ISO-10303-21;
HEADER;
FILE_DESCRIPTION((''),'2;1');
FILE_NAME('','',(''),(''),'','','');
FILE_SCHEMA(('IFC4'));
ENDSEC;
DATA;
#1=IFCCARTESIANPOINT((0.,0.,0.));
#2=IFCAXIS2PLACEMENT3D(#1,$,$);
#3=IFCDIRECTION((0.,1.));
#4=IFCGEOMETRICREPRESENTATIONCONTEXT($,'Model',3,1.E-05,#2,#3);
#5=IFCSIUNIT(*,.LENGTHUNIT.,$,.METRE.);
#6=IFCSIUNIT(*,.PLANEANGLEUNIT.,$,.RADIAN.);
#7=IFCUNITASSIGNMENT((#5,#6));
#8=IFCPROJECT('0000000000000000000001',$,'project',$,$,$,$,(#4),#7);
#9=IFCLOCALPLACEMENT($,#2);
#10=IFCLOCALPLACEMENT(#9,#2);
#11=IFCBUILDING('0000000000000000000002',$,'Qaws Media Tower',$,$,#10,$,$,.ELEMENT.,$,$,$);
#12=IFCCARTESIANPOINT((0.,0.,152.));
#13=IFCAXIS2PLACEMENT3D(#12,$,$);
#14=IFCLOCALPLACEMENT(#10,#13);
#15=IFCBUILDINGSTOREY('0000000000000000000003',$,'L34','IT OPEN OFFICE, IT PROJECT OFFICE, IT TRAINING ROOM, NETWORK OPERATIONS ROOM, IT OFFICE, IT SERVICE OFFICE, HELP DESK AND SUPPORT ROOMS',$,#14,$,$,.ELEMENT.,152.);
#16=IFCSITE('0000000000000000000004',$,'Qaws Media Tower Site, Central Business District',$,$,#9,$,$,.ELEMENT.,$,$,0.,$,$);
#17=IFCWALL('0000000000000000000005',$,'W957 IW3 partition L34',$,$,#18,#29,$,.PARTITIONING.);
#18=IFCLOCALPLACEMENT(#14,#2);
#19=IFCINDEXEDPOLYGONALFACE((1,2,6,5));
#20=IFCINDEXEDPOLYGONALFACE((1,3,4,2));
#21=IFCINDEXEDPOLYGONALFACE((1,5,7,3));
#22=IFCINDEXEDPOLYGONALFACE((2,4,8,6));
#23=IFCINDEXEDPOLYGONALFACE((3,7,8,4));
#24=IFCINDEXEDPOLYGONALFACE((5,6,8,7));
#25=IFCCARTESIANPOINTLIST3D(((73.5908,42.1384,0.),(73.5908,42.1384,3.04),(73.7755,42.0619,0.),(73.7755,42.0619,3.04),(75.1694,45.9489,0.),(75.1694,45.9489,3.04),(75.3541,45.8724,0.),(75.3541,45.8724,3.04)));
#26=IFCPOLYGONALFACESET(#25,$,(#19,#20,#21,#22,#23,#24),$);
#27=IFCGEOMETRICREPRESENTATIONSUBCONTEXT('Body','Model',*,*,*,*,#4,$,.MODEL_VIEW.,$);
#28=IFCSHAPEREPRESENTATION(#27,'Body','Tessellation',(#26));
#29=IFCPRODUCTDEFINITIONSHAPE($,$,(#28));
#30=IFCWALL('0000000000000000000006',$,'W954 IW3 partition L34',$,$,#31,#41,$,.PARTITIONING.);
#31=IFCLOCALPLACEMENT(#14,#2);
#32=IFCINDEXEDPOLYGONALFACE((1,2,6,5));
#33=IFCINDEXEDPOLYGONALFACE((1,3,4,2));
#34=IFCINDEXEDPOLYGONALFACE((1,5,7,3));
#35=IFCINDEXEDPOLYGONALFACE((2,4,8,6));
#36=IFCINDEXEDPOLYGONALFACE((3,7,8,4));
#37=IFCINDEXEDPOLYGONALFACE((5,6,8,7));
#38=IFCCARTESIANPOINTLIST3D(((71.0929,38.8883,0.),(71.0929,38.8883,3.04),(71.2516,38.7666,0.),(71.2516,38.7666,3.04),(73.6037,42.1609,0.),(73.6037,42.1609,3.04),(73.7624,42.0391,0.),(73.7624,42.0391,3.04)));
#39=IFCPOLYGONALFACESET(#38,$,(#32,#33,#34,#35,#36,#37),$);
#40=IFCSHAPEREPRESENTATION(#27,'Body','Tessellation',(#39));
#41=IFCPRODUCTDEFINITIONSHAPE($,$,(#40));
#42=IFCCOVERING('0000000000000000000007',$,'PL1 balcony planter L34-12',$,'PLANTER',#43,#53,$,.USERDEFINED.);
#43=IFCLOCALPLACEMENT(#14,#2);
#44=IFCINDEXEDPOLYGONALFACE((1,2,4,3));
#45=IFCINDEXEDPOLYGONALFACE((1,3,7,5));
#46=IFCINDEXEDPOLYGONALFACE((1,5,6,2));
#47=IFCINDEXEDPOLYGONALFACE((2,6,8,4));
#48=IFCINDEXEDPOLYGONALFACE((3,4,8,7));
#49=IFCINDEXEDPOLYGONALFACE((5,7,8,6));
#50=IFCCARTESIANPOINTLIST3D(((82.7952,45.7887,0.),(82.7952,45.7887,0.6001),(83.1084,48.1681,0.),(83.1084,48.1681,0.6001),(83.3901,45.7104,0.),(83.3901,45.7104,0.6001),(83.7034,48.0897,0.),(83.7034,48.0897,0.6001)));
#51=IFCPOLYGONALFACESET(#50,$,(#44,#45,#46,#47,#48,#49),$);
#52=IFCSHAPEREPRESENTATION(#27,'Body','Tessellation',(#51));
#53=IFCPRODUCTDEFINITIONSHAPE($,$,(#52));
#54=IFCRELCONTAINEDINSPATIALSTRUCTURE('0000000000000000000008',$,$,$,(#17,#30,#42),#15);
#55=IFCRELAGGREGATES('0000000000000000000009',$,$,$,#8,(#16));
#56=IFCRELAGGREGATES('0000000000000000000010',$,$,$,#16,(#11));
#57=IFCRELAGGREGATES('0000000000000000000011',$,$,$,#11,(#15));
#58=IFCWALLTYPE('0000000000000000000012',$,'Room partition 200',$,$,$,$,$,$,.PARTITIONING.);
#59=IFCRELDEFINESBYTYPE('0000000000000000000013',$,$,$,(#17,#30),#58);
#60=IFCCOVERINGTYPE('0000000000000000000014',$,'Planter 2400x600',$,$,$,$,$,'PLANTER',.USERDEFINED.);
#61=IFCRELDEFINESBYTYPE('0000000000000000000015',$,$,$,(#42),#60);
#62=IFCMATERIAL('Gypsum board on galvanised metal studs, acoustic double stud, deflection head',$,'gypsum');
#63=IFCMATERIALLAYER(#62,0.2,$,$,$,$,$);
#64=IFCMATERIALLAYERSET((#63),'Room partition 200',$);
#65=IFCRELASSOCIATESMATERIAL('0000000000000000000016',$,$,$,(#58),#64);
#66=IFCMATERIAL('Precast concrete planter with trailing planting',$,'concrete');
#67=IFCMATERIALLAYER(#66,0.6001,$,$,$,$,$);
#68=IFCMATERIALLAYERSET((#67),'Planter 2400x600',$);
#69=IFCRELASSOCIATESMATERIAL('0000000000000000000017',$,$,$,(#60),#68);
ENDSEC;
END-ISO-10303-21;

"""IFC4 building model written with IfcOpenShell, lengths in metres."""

from ifc_helpers import new_model, si_unit, direction, frame, frame_2d, origin, origin_2d, place, context, subcontext, project, spatial, rectangle, extrude, material, layer, layer_set, type_object, element, save


model = new_model("IFC4")

# Units and contexts
model_context = context("Model", 3, precision=1e-05, world=origin(), true_north=direction((0.0, 1.0)))
body_context = subcontext(model_context, "Body", "Model", "MODEL_VIEW")
ifc_project = project(units=[si_unit("LENGTHUNIT", "METRE"), si_unit("PLANEANGLEUNIT", "RADIAN")], contexts=[model_context])

# Site, building, storey
site_placement = place(None, origin())
site = spatial("IfcSite", under=ifc_project, at=site_placement, Name="Qaws Media Tower Site, Central Business District", CompositionType="ELEMENT", RefElevation=0.0)
building_placement = place(site_placement, origin())
building = spatial("IfcBuilding", under=site, at=building_placement, Name="Qaws Media Tower", CompositionType="ELEMENT")
storey_placement = place(building_placement, frame((0.0, 0.0, 152.0)))
storey = spatial("IfcBuildingStorey", under=building, at=storey_placement, Name="L34", Description="IT OPEN OFFICE, IT PROJECT OFFICE, IT TRAINING ROOM, NETWORK OPERATIONS ROOM, IT OFFICE, IT SERVICE OFFICE, HELP DESK AND SUPPORT ROOMS", CompositionType="ELEMENT", Elevation=152.0)

# Walls
ifc_material_1 = material(Name="Gypsum board on galvanised metal studs, acoustic double stud, deflection head", Category="gypsum")
ifc_layer_1 = layer(ifc_material_1, 0.2)
ifc_layer_set_1 = layer_set([ifc_layer_1], Name="Room partition 200")
wall_type_1 = type_object("IfcWallType", Name="Room partition 200", PredefinedType="PARTITIONING", material=ifc_layer_set_1)
wall_1_placement = place(storey_placement, frame((75.2617, 45.9106, 0.0), z_axis=(0.0, 0.0, 1.0), x_axis=(-0.382732, -0.92386, 0.0)))
element("IfcWall", 1, at=wall_1_placement, inside=storey, type_object=wall_type_1, Name="W957 IW3 partition L34", PredefinedType="PARTITIONING", context=body_context, shape_type="SweptSolid", body=[
    extrude(rectangle(XDim=4.1245, YDim=0.2, at=frame_2d((2.0623, 0.0))), origin(), (0.0, 0.0, 1.0), 3.04),
])
wall_2_placement = place(storey_placement, frame((73.6831, 42.1001, 0.0), z_axis=(0.0, 0.0, 1.0), x_axis=(-0.608715, -0.793389, 0.0)))
element("IfcWall", 2, at=wall_2_placement, inside=storey, type_object=wall_type_1, Name="W954 IW3 partition L34", PredefinedType="PARTITIONING", context=body_context, shape_type="SweptSolid", body=[
    extrude(rectangle(XDim=4.1248, YDim=0.2, at=frame_2d((2.0625, 0.0))), origin(), (0.0, 0.0, 1.0), 3.04),
])

# Covering
ifc_material_2 = material(Name="Precast concrete planter with trailing planting", Category="concrete")
ifc_layer_2 = layer(ifc_material_2, 0.6001)
ifc_layer_set_2 = layer_set([ifc_layer_2], Name="Planter 2400x600")
covering_type = type_object("IfcCoveringType", Name="Planter 2400x600", ElementType="PLANTER", PredefinedType="USERDEFINED", material=ifc_layer_set_2)
covering_placement = place(storey_placement, frame((83.2493, 46.9392, 0.0), z_axis=(0.0, 0.0, 1.0), x_axis=(0.130526, 0.991445, 0.0)))
element("IfcCovering", 3, at=covering_placement, inside=storey, type_object=covering_type, Name="PL1 balcony planter L34-12", ObjectType="PLANTER", PredefinedType="USERDEFINED", context=body_context, shape_type="SweptSolid", body=[
    extrude(rectangle(XDim=2.3999, YDim=0.6001, at=origin_2d()), origin(), (0.0, 0.0, 1.0), 0.6001),
])

save(model, "model.ifc")
